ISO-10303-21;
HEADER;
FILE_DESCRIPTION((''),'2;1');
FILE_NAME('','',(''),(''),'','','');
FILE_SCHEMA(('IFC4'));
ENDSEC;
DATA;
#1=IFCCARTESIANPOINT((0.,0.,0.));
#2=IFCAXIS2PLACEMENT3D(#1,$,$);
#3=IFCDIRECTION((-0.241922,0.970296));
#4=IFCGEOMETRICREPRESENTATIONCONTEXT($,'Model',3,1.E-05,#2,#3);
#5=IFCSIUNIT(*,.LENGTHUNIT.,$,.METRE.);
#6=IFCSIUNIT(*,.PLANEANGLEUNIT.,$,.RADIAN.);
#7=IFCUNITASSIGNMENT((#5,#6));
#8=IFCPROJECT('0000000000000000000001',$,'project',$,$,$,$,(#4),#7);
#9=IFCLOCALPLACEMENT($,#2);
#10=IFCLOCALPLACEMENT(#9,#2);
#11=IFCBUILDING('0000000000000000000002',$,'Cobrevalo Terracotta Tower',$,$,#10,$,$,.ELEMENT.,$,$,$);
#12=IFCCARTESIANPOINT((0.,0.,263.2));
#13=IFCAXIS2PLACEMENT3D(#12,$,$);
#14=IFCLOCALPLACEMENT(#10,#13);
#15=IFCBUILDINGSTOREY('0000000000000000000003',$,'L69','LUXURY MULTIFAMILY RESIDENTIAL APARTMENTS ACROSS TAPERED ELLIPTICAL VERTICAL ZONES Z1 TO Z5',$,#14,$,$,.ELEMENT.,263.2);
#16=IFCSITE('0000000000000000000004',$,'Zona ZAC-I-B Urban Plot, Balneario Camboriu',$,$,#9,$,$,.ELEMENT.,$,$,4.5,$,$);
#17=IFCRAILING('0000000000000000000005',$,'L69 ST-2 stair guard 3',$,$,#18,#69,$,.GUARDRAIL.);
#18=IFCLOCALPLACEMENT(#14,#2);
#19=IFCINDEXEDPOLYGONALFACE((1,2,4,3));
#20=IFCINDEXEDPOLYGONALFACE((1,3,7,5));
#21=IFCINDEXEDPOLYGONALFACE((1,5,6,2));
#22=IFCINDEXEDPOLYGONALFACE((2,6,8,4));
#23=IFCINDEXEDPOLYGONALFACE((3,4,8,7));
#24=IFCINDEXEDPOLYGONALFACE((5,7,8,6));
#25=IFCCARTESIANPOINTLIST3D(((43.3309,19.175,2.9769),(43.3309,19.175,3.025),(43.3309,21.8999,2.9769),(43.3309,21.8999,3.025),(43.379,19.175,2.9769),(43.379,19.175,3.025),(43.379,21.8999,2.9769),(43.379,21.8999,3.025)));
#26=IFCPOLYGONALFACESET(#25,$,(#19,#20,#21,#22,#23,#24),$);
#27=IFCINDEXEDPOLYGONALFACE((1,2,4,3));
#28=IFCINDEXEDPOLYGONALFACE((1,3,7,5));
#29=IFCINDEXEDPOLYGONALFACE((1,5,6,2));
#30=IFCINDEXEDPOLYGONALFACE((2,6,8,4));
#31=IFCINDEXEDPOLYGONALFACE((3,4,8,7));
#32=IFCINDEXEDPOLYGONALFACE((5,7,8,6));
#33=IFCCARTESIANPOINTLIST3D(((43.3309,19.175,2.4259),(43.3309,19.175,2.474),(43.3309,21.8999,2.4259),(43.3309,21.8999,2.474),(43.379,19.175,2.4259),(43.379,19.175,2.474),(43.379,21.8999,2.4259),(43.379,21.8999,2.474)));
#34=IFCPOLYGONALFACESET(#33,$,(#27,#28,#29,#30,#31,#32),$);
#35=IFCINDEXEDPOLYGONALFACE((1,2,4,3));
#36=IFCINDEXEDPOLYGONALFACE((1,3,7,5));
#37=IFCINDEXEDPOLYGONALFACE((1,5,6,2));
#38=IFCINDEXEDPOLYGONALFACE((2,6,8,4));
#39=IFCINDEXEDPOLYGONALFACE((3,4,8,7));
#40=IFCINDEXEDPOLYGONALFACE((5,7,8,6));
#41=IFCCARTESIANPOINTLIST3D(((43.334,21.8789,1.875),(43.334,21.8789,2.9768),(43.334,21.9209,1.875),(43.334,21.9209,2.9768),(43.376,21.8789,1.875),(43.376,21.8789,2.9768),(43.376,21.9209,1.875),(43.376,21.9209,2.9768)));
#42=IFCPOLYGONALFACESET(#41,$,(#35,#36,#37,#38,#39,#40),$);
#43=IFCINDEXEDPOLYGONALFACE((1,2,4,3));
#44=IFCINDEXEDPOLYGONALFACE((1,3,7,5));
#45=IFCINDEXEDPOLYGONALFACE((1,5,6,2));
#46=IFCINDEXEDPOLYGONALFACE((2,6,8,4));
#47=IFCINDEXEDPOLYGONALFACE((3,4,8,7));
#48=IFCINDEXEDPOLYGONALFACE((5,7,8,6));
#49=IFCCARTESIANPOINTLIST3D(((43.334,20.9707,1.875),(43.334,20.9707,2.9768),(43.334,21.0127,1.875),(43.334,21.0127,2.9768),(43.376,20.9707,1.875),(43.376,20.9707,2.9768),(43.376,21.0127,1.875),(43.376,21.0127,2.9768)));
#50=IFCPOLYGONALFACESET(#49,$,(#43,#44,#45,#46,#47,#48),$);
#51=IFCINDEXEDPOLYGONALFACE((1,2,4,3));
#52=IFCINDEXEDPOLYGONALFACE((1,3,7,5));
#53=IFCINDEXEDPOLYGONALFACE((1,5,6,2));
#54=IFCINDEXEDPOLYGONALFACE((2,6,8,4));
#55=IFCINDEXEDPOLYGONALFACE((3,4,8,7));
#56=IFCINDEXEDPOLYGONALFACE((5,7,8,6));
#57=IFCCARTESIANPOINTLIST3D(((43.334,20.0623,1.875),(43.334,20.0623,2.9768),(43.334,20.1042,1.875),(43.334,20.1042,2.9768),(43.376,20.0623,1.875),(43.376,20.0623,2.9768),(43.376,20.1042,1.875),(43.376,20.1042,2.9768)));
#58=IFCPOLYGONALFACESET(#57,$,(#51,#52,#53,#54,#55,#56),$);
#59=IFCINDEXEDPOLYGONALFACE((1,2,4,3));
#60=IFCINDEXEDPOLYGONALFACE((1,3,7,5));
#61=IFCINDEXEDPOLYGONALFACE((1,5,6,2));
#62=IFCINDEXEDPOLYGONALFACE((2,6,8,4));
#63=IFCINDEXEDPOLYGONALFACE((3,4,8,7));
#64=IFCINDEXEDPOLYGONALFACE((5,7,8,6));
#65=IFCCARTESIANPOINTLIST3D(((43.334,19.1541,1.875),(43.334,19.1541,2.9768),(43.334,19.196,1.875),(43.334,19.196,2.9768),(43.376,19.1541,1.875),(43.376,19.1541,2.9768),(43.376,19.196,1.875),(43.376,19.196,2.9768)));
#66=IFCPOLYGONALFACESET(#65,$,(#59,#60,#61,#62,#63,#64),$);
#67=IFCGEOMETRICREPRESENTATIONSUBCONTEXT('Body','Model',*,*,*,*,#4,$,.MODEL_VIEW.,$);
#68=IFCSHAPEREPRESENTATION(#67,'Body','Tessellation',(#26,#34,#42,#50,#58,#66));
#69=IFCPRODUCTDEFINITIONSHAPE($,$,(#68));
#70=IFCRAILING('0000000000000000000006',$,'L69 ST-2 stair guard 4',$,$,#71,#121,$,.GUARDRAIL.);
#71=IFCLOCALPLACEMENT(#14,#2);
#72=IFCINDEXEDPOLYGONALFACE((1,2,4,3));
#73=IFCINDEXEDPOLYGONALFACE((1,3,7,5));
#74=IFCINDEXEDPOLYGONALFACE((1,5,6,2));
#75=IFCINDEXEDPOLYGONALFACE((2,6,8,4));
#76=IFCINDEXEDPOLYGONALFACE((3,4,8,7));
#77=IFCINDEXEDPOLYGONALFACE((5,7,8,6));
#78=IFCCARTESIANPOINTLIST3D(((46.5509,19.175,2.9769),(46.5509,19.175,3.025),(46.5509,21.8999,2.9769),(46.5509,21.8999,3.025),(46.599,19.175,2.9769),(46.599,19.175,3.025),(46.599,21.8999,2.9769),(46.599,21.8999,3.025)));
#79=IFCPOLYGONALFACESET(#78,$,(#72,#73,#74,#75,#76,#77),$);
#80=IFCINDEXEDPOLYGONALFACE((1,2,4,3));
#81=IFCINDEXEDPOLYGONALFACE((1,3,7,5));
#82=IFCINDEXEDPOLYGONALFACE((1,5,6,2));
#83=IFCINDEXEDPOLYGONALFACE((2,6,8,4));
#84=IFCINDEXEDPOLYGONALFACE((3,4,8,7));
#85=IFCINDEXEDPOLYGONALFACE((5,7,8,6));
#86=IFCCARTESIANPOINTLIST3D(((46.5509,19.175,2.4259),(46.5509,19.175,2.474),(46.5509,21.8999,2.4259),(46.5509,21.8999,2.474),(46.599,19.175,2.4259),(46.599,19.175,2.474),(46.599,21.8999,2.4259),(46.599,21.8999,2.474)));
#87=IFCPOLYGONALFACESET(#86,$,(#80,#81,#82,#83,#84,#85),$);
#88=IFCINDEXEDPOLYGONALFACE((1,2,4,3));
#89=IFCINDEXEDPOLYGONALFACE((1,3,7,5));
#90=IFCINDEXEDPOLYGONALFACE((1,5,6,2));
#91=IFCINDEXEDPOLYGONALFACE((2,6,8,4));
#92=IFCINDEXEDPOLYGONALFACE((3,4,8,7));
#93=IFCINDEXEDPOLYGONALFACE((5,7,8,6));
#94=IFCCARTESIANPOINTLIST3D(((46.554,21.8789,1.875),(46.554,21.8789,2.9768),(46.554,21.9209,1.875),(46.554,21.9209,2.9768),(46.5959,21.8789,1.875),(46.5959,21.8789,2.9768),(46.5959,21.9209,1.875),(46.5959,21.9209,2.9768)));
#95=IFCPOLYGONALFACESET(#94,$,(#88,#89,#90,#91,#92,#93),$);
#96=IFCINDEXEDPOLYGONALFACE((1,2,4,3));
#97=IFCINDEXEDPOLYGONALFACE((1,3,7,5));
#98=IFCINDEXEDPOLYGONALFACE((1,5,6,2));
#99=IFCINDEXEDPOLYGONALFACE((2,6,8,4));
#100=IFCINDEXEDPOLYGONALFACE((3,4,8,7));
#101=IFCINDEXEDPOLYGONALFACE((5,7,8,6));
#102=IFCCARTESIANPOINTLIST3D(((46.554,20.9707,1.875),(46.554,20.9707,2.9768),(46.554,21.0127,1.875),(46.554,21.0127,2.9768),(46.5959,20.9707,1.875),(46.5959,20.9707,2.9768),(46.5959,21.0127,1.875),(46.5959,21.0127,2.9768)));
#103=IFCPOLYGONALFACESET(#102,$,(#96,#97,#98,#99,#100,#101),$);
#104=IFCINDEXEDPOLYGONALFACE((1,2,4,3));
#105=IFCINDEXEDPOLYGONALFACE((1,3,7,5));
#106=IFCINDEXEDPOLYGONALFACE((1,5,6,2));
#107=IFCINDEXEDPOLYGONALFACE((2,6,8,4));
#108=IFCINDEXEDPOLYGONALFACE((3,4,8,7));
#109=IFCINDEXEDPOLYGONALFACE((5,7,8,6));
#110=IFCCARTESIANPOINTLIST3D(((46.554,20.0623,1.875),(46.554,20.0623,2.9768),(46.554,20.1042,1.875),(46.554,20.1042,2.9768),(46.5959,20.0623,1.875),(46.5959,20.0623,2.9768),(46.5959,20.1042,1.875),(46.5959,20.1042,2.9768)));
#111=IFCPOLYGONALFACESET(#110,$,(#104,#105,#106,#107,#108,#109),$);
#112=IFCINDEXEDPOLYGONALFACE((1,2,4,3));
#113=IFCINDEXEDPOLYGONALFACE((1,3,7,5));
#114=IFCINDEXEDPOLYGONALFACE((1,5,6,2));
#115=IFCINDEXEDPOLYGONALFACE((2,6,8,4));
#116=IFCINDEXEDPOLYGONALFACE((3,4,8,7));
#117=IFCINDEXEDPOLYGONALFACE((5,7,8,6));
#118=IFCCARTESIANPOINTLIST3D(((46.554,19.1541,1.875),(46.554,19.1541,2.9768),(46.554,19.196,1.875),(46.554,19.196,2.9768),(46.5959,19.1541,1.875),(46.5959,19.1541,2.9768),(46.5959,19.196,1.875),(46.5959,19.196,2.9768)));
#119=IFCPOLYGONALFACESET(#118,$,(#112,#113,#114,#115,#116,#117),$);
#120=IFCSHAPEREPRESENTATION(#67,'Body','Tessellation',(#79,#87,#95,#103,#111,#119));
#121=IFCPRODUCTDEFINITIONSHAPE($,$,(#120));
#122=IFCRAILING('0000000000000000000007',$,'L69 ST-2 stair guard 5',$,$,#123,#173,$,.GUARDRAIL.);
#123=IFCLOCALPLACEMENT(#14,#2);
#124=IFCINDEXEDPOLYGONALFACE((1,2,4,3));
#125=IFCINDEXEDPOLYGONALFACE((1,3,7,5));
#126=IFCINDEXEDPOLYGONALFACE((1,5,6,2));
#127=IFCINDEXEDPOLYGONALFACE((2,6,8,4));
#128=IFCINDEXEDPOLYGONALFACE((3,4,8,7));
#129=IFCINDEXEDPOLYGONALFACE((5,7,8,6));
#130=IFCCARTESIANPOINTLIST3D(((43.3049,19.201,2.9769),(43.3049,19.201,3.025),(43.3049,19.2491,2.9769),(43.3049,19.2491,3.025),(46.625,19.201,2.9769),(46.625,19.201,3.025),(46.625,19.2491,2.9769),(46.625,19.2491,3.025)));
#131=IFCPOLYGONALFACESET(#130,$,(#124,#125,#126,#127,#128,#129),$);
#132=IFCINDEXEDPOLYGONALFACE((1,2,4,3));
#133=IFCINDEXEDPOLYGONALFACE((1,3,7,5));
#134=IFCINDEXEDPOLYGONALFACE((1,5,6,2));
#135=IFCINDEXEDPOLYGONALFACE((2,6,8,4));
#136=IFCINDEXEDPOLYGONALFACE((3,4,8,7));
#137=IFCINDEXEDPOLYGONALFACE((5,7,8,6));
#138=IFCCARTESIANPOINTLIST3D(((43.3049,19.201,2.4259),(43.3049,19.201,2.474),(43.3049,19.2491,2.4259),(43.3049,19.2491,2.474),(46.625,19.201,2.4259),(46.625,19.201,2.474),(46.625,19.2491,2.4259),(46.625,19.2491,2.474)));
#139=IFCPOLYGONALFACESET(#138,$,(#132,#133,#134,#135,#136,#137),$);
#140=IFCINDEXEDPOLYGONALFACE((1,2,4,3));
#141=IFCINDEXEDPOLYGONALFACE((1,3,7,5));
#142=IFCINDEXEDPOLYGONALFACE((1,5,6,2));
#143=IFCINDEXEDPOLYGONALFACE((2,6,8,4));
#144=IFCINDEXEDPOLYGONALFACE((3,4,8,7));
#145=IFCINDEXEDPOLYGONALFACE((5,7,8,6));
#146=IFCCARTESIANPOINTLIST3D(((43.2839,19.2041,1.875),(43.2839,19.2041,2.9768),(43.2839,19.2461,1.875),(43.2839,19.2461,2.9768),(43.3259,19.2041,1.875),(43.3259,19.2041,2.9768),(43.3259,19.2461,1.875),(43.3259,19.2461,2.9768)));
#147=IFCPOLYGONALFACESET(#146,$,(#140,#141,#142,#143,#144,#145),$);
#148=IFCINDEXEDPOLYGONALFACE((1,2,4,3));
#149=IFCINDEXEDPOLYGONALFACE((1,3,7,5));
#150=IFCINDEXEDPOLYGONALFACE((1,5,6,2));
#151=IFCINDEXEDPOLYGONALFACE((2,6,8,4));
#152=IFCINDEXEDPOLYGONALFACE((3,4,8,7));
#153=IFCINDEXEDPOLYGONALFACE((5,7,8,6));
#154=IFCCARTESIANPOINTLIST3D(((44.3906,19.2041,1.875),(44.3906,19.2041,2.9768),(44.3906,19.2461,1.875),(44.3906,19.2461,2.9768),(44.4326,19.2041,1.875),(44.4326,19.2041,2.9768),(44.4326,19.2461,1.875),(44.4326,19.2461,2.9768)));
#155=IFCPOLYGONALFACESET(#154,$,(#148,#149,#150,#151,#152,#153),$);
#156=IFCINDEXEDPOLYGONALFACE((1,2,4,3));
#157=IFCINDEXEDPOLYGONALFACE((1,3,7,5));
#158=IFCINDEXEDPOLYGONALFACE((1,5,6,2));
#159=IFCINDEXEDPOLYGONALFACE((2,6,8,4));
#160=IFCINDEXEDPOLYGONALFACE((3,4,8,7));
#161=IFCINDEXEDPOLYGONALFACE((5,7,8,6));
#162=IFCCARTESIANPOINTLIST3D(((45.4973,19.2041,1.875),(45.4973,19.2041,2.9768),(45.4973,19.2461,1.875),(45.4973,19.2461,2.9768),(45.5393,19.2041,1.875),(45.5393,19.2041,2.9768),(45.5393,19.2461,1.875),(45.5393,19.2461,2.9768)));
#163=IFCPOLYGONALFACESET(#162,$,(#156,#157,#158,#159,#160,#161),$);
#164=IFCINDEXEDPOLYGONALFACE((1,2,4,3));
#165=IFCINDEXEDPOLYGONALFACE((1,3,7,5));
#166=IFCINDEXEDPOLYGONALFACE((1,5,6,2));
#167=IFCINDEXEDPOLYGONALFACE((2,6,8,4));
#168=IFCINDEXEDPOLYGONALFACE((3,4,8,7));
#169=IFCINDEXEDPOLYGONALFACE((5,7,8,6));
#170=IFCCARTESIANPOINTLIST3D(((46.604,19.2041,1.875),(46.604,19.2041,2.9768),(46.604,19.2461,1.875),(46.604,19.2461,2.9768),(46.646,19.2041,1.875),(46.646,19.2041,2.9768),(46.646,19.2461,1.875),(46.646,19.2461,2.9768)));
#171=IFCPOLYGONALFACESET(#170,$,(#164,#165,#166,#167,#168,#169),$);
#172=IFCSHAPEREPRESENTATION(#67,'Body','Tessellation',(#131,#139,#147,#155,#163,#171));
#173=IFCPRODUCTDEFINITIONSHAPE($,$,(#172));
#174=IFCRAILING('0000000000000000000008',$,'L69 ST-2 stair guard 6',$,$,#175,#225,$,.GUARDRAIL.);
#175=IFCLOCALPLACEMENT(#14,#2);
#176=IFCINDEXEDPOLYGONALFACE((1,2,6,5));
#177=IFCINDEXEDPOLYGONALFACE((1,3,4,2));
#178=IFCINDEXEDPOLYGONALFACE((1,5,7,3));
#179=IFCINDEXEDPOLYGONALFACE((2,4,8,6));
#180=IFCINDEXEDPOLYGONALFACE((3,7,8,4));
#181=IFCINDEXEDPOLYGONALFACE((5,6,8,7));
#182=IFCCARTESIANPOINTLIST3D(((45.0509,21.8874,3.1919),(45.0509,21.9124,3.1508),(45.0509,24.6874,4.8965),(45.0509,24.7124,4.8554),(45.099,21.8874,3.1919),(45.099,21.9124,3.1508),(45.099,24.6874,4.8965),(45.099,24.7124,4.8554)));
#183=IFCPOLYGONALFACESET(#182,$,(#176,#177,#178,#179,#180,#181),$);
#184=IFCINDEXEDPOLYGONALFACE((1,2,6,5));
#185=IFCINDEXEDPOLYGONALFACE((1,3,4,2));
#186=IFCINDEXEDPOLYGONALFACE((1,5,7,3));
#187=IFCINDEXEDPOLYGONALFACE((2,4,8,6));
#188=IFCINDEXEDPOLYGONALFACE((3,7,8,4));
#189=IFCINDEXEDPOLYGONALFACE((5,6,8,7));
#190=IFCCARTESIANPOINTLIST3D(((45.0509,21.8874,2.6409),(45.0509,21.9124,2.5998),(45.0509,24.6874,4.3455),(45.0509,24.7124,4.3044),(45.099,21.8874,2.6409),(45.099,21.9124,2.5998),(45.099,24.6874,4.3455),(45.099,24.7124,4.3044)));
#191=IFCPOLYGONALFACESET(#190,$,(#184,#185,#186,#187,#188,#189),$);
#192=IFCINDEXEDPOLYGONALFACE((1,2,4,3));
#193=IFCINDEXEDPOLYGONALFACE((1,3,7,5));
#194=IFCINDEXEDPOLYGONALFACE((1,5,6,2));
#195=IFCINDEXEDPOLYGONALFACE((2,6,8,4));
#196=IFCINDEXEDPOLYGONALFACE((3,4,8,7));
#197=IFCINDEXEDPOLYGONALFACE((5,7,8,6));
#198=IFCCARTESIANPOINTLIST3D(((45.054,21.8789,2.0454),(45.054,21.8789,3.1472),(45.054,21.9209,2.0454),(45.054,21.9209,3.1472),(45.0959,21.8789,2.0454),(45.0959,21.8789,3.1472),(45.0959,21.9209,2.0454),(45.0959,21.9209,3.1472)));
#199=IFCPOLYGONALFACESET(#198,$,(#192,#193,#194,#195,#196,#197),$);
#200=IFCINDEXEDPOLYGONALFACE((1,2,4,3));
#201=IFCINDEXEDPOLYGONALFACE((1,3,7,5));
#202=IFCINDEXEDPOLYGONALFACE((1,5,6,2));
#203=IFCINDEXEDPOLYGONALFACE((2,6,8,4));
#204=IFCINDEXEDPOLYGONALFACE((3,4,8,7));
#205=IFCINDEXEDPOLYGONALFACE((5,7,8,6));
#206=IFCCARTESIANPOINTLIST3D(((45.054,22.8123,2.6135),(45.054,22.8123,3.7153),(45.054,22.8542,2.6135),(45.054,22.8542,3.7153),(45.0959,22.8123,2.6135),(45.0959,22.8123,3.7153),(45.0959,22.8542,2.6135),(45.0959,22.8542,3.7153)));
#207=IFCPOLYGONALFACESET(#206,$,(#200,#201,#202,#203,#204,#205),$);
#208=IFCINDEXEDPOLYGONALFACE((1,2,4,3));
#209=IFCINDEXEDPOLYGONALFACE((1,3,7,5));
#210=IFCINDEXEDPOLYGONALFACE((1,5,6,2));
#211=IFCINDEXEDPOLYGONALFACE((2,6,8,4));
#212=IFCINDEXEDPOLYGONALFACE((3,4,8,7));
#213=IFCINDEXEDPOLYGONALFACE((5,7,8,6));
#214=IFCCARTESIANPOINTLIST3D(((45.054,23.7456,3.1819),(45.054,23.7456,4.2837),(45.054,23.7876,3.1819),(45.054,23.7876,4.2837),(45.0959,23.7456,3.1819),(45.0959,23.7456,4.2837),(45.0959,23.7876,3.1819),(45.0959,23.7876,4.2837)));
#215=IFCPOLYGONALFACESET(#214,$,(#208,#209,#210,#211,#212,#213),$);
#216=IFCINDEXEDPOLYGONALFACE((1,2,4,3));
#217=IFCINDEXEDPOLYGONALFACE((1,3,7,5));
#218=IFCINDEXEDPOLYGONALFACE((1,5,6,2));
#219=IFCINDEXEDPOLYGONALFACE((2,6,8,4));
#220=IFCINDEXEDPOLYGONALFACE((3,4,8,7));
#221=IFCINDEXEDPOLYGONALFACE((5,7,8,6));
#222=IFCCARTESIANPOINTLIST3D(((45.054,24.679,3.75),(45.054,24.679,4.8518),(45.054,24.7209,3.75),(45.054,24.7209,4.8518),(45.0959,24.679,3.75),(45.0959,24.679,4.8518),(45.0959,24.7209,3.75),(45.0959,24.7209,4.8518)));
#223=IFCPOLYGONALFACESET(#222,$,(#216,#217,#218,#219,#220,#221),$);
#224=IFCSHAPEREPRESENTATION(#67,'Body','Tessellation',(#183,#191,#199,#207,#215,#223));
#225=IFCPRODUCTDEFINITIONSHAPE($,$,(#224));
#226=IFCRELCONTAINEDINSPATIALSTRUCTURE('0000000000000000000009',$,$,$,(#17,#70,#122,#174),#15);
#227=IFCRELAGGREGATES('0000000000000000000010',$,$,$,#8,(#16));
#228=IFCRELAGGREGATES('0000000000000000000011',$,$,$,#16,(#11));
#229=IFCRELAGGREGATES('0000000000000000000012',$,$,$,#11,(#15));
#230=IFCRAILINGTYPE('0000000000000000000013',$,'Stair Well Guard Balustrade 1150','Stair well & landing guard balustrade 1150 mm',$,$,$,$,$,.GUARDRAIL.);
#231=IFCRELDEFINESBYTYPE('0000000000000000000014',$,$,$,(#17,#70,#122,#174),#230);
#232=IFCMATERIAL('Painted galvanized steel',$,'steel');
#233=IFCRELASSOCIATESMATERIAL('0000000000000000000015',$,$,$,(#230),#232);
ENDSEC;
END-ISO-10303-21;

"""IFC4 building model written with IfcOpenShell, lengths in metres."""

from ifc_helpers import new_model, si_unit, direction, frame, origin, origin_2d, place, context, subcontext, project, spatial, rectangle, extrude, material, type_object, element, save


model = new_model("IFC4")

# Units and contexts
model_context = context("Model", 3, precision=1e-05, world=origin(), true_north=direction((-0.241922, 0.970296)))
body_context = subcontext(model_context, "Body", "Model", "MODEL_VIEW")
ifc_project = project(units=[si_unit("LENGTHUNIT", "METRE"), si_unit("PLANEANGLEUNIT", "RADIAN")], contexts=[model_context])

# Site, building, storey
site_placement = place(None, origin())
site = spatial("IfcSite", under=ifc_project, at=site_placement, Name="Zona ZAC-I-B Urban Plot, Balneario Camboriu", CompositionType="ELEMENT", RefElevation=4.5)
building_placement = place(site_placement, origin())
building = spatial("IfcBuilding", under=site, at=building_placement, Name="Cobrevalo Terracotta Tower", CompositionType="ELEMENT")
storey_placement = place(building_placement, frame((0.0, 0.0, 263.2)))
storey = spatial("IfcBuildingStorey", under=building, at=storey_placement, Name="L69", Description="LUXURY MULTIFAMILY RESIDENTIAL APARTMENTS ACROSS TAPERED ELLIPTICAL VERTICAL ZONES Z1 TO Z5", CompositionType="ELEMENT", Elevation=263.2)

# Railings
ifc_material_1 = material(Name="Painted galvanized steel", Category="steel")
railing_type_1 = type_object("IfcRailingType", Name="Stair Well Guard Balustrade 1150", Description="Stair well & landing guard balustrade 1150 mm", PredefinedType="GUARDRAIL", material=ifc_material_1)
for number, where, name in (
    (1, (43.355, 21.8999, 1.875), "L69 ST-2 stair guard 3"),
    (2, (46.575, 21.8999, 1.875), "L69 ST-2 stair guard 4"),
):
    element("IfcRailing", number, at=place(storey_placement, frame(where)), inside=storey, type_object=railing_type_1, Name=name, PredefinedType="GUARDRAIL", context=body_context, shape_type="SweptSolid", body=[
        extrude(rectangle(XDim=0.0481, YDim=0.0481, at=origin_2d()), frame((0.0, 0.0, 1.126), z_axis=(0.0, -1.0, 0.0), x_axis=(1.0, 0.0, 0.0)), (0.0, 0.0, 1.0), 2.7249),
        extrude(rectangle(XDim=0.0481, YDim=0.0481, at=origin_2d()), frame((0.0, 0.0, 0.575), z_axis=(0.0, -1.0, 0.0), x_axis=(1.0, 0.0, 0.0)), (0.0, 0.0, 1.0), 2.7249),
        extrude(rectangle(XDim=0.042, YDim=0.042, at=origin_2d()), origin(), (0.0, 0.0, 1.0), 1.1018),
        extrude(rectangle(XDim=0.042, YDim=0.042, at=origin_2d()), frame((0.0, -0.9082, 0.0)), (0.0, 0.0, 1.0), 1.1018),
        extrude(rectangle(XDim=0.042, YDim=0.042, at=origin_2d()), frame((0.0, -1.8167, 0.0)), (0.0, 0.0, 1.0), 1.1018),
        extrude(rectangle(XDim=0.042, YDim=0.042, at=origin_2d()), frame((0.0, -2.7249, 0.0)), (0.0, 0.0, 1.0), 1.1018),
    ])
railing_1_placement = place(storey_placement, frame((43.3049, 19.2251, 1.875)))
element("IfcRailing", 3, at=railing_1_placement, inside=storey, type_object=railing_type_1, Name="L69 ST-2 stair guard 5", PredefinedType="GUARDRAIL", context=body_context, shape_type="SweptSolid", body=[
    extrude(rectangle(XDim=0.0481, YDim=0.0481, at=origin_2d()), frame((0.0, 0.0, 1.126), z_axis=(1.0, 0.0, 0.0), x_axis=(0.0, 1.0, 0.0)), (0.0, 0.0, 1.0), 3.3201),
    extrude(rectangle(XDim=0.0481, YDim=0.0481, at=origin_2d()), frame((0.0, 0.0, 0.575), z_axis=(1.0, 0.0, 0.0), x_axis=(0.0, 1.0, 0.0)), (0.0, 0.0, 1.0), 3.3201),
    extrude(rectangle(XDim=0.042, YDim=0.042, at=origin_2d()), origin(), (0.0, 0.0, 1.0), 1.1018),
    extrude(rectangle(XDim=0.042, YDim=0.042, at=origin_2d()), frame((1.1067, 0.0, 0.0)), (0.0, 0.0, 1.0), 1.1018),
    extrude(rectangle(XDim=0.042, YDim=0.042, at=origin_2d()), frame((2.2134, 0.0, 0.0)), (0.0, 0.0, 1.0), 1.1018),
    extrude(rectangle(XDim=0.042, YDim=0.042, at=origin_2d()), frame((3.3201, 0.0, 0.0)), (0.0, 0.0, 1.0), 1.1018),
])
railing_2_placement = place(storey_placement, frame((45.075, 21.8999, 2.0454)))
element("IfcRailing", 4, at=railing_2_placement, inside=storey, type_object=railing_type_1, Name="L69 ST-2 stair guard 6", PredefinedType="GUARDRAIL", context=body_context, shape_type="SweptSolid", body=[
    extrude(rectangle(XDim=0.0481, YDim=0.0481, at=origin_2d()), frame((0.0, 0.0, 1.126), z_axis=(0.0, 0.85417, 0.519994), x_axis=(-1.0, 0.0, 0.0)), (0.0, 0.0, 1.0), 3.2781),
    extrude(rectangle(XDim=0.0481, YDim=0.0481, at=origin_2d()), frame((0.0, 0.0, 0.575), z_axis=(0.0, 0.85417, 0.519994), x_axis=(-1.0, 0.0, 0.0)), (0.0, 0.0, 1.0), 3.2781),
    extrude(rectangle(XDim=0.042, YDim=0.042, at=origin_2d()), origin(), (0.0, 0.0, 1.0), 1.1018),
    extrude(rectangle(XDim=0.042, YDim=0.042, at=origin_2d()), frame((0.0, 0.9333, 0.5681)), (0.0, 0.0, 1.0), 1.1018),
    extrude(rectangle(XDim=0.042, YDim=0.042, at=origin_2d()), frame((0.0, 1.8667, 1.1365)), (0.0, 0.0, 1.0), 1.1018),
    extrude(rectangle(XDim=0.042, YDim=0.042, at=origin_2d()), frame((0.0, 2.8, 1.7046)), (0.0, 0.0, 1.0), 1.1018),
])

save(model, "model.ifc")
